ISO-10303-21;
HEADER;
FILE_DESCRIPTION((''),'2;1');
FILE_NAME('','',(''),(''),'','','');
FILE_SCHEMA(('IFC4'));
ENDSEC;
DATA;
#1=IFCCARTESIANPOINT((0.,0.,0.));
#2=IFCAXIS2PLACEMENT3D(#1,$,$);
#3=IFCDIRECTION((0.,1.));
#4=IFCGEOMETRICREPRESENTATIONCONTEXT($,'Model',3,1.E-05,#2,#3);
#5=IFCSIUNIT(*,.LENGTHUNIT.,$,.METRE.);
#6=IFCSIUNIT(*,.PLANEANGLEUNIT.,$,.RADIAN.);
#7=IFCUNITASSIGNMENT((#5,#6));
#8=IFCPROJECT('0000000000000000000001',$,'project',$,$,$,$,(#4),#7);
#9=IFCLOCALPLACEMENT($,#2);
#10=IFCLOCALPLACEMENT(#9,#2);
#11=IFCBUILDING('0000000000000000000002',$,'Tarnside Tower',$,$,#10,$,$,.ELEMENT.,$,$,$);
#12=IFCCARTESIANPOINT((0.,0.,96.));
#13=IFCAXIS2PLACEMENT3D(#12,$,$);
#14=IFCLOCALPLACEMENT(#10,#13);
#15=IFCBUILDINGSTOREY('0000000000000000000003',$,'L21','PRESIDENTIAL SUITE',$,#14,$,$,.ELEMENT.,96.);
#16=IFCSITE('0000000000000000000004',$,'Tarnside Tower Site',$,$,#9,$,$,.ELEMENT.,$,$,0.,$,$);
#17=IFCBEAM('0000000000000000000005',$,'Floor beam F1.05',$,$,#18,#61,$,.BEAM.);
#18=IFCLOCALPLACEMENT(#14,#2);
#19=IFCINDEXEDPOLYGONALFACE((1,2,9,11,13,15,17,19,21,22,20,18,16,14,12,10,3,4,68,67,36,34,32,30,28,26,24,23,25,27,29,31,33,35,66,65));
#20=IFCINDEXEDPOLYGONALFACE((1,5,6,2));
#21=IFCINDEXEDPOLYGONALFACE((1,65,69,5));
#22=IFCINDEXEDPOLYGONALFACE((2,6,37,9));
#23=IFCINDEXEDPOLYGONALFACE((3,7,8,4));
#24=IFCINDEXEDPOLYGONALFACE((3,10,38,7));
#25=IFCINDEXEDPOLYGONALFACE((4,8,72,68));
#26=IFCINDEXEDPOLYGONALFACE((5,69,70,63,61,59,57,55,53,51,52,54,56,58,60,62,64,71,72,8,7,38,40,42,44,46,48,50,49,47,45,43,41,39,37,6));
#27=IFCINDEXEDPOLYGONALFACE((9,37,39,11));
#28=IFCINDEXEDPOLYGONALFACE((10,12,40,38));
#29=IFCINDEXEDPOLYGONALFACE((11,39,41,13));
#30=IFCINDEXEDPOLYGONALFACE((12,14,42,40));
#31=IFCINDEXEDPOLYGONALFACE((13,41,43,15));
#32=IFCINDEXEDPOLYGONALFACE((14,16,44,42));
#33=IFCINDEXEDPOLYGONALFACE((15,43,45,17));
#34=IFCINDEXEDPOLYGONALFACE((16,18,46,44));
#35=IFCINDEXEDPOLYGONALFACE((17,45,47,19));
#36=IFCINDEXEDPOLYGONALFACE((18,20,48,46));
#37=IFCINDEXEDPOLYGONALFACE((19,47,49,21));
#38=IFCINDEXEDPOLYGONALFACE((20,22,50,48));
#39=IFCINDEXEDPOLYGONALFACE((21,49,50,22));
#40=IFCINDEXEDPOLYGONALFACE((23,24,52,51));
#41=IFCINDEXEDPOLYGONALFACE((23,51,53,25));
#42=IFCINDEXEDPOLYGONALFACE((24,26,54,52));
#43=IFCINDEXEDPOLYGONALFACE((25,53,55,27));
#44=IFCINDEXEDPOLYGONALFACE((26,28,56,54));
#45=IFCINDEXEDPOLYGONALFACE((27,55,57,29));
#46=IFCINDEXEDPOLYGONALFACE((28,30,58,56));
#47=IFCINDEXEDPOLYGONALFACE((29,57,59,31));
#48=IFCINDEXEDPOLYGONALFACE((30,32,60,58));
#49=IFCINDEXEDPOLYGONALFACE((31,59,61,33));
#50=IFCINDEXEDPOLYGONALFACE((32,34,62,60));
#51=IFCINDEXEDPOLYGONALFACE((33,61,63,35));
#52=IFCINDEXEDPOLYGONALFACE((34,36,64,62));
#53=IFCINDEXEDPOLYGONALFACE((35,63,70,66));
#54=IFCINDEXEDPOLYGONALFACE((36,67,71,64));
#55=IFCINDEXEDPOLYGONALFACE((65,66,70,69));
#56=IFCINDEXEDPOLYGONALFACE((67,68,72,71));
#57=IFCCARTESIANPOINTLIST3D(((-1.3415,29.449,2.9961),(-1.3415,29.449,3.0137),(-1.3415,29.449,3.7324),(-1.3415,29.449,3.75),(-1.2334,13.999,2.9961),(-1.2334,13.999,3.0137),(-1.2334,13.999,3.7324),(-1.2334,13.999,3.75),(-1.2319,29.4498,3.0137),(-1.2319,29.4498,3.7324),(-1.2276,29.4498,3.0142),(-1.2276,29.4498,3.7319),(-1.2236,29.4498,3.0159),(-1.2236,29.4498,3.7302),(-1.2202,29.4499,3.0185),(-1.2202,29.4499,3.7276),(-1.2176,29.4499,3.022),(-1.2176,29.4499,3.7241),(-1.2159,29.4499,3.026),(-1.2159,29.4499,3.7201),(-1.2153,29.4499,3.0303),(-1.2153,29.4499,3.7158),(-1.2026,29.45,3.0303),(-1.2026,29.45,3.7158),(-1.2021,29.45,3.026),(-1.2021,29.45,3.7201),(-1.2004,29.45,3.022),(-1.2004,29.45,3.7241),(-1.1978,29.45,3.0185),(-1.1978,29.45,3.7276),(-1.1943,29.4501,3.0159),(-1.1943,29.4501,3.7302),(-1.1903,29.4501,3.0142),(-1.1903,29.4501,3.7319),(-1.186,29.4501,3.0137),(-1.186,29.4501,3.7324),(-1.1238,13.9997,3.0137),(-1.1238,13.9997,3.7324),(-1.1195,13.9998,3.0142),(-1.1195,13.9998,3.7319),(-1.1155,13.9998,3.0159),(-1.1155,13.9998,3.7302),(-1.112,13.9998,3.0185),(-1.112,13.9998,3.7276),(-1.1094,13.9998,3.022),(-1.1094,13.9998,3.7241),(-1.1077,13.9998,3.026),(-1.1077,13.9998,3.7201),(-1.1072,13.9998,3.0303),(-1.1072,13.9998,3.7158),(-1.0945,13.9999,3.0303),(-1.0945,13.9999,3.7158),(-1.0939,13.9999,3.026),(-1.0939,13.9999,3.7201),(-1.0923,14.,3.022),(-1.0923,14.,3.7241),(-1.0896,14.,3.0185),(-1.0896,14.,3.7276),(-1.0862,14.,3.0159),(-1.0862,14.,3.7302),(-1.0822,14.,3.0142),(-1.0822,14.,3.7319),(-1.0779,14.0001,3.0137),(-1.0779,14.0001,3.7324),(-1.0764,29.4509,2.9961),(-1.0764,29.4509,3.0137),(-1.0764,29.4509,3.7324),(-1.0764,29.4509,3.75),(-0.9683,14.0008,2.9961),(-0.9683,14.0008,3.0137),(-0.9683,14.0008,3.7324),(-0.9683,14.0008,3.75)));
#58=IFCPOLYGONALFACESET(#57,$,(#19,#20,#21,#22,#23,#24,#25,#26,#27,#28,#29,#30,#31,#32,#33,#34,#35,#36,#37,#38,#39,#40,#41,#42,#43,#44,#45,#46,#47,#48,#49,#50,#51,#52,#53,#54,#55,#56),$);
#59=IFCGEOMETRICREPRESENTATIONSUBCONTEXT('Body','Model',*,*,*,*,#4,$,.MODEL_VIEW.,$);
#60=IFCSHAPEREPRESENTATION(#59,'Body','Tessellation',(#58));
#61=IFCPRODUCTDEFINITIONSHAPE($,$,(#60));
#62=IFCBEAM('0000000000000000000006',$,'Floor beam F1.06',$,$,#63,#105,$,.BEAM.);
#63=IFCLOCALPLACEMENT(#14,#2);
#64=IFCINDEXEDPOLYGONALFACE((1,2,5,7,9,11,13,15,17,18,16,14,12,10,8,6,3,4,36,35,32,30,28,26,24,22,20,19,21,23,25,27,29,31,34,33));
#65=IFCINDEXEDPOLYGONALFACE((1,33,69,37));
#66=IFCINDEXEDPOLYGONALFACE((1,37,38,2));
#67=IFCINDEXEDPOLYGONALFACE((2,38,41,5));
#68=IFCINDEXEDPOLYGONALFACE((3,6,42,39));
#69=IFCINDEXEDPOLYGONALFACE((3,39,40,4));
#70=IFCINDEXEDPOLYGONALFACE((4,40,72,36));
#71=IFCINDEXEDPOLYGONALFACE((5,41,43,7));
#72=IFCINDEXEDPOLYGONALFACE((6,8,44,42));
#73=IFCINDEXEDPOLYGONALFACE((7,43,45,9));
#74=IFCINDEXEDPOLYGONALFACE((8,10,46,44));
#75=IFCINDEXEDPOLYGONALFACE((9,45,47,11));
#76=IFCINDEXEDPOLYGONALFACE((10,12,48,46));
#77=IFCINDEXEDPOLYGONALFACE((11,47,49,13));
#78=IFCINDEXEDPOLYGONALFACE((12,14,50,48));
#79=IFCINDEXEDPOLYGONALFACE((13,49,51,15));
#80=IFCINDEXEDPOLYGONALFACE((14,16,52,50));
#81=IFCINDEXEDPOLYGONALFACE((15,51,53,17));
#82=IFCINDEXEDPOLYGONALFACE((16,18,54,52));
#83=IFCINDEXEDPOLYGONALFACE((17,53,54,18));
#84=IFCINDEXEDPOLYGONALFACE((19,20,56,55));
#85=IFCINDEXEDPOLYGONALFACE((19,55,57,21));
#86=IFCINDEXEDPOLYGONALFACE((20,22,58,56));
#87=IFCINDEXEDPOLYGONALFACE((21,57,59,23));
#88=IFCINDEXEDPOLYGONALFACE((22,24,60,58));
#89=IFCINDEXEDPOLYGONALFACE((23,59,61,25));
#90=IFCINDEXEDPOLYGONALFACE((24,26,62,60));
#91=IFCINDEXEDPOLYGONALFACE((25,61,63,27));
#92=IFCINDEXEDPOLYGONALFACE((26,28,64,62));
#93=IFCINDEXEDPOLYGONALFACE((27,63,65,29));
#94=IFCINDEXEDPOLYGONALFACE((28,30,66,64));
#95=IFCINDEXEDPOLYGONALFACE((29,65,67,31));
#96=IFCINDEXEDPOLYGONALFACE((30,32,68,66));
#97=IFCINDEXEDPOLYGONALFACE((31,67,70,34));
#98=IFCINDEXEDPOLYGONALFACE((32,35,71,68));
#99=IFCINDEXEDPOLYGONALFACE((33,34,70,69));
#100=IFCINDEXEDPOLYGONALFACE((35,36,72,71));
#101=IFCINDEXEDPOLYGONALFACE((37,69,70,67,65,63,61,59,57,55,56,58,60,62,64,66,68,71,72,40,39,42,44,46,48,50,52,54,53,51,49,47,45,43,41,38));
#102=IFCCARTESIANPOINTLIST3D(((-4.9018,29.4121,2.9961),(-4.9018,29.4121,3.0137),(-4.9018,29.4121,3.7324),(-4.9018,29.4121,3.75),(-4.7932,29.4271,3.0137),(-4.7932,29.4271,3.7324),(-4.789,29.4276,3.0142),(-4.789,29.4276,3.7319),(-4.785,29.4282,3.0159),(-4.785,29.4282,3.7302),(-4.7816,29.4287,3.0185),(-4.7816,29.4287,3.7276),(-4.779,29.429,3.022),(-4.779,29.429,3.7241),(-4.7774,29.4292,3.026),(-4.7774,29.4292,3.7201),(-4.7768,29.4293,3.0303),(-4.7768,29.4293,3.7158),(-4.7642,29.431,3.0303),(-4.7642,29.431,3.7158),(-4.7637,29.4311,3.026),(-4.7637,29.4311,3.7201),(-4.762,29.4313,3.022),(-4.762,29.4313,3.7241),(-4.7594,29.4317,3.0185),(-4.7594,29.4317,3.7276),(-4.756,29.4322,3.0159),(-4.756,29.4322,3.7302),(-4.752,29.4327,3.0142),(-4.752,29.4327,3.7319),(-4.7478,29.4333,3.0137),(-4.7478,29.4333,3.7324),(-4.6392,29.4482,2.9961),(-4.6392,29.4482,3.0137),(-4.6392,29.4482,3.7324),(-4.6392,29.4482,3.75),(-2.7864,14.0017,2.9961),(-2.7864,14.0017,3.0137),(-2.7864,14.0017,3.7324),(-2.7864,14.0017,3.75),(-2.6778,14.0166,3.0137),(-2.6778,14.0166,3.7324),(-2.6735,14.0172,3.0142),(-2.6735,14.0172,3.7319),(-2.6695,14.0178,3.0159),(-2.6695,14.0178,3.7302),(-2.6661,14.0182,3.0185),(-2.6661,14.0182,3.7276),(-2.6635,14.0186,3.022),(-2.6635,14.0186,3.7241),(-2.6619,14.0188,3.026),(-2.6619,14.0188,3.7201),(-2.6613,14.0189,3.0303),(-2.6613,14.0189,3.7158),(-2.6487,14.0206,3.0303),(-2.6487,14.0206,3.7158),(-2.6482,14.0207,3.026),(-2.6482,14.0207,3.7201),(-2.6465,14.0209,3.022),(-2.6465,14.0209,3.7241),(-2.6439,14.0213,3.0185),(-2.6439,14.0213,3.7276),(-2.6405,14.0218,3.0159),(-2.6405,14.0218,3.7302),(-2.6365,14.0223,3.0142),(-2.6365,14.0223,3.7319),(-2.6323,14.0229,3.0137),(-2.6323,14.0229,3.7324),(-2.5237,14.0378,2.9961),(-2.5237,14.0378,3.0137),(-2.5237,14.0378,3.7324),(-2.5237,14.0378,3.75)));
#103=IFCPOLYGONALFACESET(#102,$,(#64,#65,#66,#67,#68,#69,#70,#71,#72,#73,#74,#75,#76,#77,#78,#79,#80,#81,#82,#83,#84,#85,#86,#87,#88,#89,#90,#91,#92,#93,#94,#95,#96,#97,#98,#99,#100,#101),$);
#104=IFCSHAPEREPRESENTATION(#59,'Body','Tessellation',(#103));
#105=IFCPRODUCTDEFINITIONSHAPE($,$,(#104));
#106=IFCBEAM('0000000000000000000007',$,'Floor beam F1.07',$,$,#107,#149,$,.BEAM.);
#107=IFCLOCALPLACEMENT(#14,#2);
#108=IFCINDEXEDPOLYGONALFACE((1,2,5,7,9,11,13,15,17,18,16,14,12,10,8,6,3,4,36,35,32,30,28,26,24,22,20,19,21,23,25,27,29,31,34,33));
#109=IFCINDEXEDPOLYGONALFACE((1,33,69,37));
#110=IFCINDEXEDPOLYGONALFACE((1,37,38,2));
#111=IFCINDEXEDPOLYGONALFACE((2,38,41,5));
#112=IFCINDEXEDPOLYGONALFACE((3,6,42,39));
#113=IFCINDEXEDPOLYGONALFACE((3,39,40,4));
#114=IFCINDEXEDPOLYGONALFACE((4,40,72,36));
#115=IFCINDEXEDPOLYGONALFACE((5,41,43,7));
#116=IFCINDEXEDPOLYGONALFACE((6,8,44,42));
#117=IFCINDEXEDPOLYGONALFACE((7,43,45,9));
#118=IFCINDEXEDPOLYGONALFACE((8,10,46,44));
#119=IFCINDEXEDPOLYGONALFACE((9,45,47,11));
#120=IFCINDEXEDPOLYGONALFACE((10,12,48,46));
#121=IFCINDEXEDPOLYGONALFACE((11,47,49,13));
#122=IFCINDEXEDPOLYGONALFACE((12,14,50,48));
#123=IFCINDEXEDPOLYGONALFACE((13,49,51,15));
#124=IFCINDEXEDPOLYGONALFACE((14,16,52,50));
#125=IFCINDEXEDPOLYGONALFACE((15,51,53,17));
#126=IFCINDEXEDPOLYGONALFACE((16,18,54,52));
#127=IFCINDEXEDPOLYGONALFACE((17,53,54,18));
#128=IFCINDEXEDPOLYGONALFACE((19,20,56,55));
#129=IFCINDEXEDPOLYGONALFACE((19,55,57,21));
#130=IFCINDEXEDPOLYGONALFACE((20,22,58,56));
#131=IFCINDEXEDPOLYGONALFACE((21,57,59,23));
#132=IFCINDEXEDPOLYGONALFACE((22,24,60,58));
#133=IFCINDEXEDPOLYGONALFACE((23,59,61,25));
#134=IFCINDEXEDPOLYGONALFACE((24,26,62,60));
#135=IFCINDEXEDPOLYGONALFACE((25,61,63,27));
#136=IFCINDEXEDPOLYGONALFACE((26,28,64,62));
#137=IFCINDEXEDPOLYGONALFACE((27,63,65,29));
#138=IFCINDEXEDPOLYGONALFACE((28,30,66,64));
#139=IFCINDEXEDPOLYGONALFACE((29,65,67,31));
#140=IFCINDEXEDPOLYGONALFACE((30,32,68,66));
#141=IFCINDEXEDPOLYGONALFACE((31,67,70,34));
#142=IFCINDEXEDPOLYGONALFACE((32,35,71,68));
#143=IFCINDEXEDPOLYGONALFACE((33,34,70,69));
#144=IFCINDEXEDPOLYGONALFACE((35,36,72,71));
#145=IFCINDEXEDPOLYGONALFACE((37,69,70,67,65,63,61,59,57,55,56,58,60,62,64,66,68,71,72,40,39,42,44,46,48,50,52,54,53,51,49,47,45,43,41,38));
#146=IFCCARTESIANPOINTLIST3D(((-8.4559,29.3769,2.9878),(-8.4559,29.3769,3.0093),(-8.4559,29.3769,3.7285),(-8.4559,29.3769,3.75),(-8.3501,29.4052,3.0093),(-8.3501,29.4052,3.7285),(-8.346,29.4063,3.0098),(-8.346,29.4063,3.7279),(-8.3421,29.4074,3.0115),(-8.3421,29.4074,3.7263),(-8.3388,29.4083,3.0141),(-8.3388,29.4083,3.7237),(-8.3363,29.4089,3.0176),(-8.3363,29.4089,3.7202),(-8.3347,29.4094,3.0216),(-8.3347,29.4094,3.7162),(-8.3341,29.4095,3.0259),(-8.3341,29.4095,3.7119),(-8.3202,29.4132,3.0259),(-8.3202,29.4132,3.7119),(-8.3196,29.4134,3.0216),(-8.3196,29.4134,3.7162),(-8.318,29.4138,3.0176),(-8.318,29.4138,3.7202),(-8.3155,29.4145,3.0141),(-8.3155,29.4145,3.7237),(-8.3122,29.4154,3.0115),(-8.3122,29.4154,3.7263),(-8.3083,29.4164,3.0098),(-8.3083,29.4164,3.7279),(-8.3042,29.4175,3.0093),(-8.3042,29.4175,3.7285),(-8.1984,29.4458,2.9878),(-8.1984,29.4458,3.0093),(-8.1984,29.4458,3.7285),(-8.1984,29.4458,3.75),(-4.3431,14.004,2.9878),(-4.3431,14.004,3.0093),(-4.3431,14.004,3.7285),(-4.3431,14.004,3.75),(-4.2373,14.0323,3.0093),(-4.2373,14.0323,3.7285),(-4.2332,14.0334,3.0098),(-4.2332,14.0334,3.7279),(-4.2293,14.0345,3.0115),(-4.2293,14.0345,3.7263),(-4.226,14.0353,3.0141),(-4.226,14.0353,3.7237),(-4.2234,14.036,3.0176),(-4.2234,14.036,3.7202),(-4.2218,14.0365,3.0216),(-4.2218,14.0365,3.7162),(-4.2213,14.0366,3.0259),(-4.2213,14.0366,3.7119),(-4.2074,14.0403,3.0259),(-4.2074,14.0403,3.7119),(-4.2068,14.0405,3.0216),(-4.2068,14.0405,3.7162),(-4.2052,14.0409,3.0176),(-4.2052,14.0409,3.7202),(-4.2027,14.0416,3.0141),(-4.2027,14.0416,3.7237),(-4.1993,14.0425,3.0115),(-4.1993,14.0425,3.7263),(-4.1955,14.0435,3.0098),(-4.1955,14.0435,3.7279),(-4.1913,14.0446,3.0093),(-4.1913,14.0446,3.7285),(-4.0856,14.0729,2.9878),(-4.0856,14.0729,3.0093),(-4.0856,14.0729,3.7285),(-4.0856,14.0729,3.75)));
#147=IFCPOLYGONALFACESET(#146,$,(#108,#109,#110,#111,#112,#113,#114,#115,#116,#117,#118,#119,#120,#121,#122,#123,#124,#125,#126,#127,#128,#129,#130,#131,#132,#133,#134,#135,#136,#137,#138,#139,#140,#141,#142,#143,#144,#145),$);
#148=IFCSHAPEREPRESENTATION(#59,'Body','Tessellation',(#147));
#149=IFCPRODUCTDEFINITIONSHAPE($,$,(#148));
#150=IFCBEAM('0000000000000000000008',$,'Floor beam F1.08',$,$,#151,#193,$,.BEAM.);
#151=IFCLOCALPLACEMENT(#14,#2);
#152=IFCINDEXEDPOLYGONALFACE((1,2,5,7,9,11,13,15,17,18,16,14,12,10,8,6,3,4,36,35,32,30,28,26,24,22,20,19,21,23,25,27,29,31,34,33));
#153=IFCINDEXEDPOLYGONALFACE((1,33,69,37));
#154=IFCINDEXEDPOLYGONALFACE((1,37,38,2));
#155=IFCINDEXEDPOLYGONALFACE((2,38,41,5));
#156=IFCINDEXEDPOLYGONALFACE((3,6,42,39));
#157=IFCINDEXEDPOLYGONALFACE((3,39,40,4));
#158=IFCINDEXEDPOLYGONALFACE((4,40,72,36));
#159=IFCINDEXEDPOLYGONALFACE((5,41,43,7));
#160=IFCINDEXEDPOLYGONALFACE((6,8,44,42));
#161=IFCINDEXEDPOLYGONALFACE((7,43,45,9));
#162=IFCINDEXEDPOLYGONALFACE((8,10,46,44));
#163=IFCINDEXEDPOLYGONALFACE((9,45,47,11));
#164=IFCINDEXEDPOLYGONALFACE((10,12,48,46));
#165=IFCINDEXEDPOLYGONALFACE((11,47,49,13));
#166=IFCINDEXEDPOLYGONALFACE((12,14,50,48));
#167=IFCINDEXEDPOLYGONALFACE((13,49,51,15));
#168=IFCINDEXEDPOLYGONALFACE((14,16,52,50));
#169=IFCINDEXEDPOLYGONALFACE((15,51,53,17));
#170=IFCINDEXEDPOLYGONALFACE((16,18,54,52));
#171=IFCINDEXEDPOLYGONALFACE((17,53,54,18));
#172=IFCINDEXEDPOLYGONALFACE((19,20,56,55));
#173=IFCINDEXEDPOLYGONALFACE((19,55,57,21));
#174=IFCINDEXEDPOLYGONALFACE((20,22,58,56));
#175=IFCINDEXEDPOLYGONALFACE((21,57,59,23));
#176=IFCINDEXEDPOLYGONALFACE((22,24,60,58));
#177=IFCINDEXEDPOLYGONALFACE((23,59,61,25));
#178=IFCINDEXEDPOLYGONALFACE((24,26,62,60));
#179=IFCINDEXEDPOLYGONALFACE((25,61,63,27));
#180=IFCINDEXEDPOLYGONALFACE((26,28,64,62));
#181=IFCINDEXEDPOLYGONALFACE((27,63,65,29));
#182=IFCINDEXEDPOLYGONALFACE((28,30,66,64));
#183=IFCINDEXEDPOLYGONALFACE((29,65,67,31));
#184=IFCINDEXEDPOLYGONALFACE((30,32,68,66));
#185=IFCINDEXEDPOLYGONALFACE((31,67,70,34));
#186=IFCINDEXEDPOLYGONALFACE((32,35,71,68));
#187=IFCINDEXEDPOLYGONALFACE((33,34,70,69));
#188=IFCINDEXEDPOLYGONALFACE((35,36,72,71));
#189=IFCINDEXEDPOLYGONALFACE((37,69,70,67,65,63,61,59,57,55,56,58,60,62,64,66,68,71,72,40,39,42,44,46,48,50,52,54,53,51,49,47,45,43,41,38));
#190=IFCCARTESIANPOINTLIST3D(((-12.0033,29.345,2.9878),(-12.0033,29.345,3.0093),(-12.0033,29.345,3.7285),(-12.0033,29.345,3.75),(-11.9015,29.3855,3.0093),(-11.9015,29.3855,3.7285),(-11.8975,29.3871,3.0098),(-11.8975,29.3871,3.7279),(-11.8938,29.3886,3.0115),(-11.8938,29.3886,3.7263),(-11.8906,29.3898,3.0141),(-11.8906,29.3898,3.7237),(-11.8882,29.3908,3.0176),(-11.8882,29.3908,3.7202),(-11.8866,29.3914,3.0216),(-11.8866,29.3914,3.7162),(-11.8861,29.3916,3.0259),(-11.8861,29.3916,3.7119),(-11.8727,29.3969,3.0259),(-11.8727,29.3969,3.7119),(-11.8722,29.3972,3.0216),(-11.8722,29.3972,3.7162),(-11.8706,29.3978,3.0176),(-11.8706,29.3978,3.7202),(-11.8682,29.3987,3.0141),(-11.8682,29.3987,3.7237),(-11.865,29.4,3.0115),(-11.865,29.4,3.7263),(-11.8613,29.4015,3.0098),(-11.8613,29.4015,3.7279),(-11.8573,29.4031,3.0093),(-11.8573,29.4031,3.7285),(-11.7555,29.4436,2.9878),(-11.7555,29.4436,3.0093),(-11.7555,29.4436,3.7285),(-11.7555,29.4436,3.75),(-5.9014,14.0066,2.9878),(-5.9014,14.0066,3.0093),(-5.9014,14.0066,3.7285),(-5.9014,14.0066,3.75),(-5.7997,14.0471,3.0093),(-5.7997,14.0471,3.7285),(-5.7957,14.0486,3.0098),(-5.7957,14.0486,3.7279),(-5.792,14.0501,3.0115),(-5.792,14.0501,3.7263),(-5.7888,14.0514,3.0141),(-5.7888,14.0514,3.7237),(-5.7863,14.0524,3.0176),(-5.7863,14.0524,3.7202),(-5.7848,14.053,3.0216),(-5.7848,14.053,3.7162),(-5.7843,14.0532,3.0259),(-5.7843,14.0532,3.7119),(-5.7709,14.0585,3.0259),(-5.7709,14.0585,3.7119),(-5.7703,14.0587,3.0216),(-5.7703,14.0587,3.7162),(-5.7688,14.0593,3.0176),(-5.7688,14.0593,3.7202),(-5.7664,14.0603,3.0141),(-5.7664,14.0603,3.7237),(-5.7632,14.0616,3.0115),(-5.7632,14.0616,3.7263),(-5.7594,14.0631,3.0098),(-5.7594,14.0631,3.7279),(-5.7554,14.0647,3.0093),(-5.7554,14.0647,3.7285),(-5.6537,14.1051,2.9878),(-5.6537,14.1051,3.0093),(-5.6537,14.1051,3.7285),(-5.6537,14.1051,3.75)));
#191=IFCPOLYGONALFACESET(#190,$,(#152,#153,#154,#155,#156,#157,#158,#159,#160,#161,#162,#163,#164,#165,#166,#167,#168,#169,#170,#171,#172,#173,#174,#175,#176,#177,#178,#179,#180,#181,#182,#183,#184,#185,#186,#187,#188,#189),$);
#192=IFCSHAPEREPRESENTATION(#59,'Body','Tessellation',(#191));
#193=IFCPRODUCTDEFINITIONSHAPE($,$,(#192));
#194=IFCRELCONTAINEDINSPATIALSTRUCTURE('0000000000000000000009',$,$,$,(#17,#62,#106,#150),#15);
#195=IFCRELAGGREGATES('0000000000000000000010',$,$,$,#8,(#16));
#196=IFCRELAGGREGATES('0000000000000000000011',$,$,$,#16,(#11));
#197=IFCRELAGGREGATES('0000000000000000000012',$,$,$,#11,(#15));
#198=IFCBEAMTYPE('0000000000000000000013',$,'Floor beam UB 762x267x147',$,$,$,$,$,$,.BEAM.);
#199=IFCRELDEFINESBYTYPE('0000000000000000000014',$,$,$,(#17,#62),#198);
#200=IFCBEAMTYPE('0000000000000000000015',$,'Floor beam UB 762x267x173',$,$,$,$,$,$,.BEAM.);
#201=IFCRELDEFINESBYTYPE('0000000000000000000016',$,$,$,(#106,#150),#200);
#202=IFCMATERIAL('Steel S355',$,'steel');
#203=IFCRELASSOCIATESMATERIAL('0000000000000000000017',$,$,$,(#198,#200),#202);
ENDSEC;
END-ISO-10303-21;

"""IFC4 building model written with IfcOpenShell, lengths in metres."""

from ifc_helpers import new_model, si_unit, direction, frame, origin, origin_2d, place, context, subcontext, project, spatial, i_section, extrude, material, material_profile, profile_set, type_object, element, save


model = new_model("IFC4")

# Units and contexts
model_context = context("Model", 3, precision=1e-05, world=origin(), true_north=direction((0.0, 1.0)))
body_context = subcontext(model_context, "Body", "Model", "MODEL_VIEW")
ifc_project = project(units=[si_unit("LENGTHUNIT", "METRE"), si_unit("PLANEANGLEUNIT", "RADIAN")], contexts=[model_context])

# Site, building, storey
site_placement = place(None, origin())
site = spatial("IfcSite", under=ifc_project, at=site_placement, Name="Tarnside Tower Site", CompositionType="ELEMENT", RefElevation=0.0)
building_placement = place(site_placement, origin())
building = spatial("IfcBuilding", under=site, at=building_placement, Name="Tarnside Tower", CompositionType="ELEMENT")
storey_placement = place(building_placement, frame((0.0, 0.0, 96.0)))
storey = spatial("IfcBuildingStorey", under=building, at=storey_placement, Name="L21", Description="PRESIDENTIAL SUITE", CompositionType="ELEMENT", Elevation=96.0)

# Beams
ifc_material_1 = material(Name="Steel S355", Category="steel")
ifc_material_profile_1 = material_profile(ifc_material_1, i_section(OverallWidth=0.2651, OverallDepth=0.7539, WebThickness=0.0127, FlangeThickness=0.0176, FilletRadius=0.0166, at=origin_2d()), Name="UB 762x267x147")
ifc_profile_set_1 = profile_set([ifc_material_profile_1], Name="Steel S355")
beam_type_1 = type_object("IfcBeamType", Name="Floor beam UB 762x267x147", PredefinedType="BEAM", material=ifc_profile_set_1)
beam_1_placement = place(storey_placement, frame((-1.209, 29.45, 3.373), z_axis=(0.007, -0.999975, 0.0), x_axis=(0.999975, 0.007, 0.0)))
element("IfcBeam", 1, at=beam_1_placement, inside=storey, type_object=beam_type_1, Name="Floor beam F1.05", PredefinedType="BEAM", context=body_context, shape_type="SweptSolid", body=[
    extrude(i_section(OverallWidth=0.2651, OverallDepth=0.7539, WebThickness=0.0127, FlangeThickness=0.0176, FilletRadius=0.0166, at=origin_2d()), origin(), (0.0, 0.0, 1.0), 15.4504),
])
beam_2_placement = place(storey_placement, frame((-4.7705, 29.4302, 3.373), z_axis=(0.136001, -0.990709, 0.0), x_axis=(0.990709, 0.136001, 0.0)))
element("IfcBeam", 2, at=beam_2_placement, inside=storey, type_object=beam_type_1, Name="Floor beam F1.06", PredefinedType="BEAM", context=body_context, shape_type="SweptSolid", body=[
    extrude(i_section(OverallWidth=0.2651, OverallDepth=0.7539, WebThickness=0.0127, FlangeThickness=0.0176, FilletRadius=0.0166, at=origin_2d()), origin(), (0.0, 0.0, 1.0), 15.5549),
])
ifc_material_profile_2 = material_profile(ifc_material_1, i_section(OverallWidth=0.2666, OverallDepth=0.7622, WebThickness=0.0144, FlangeThickness=0.0215, FilletRadius=0.0166, at=origin_2d()), Name="UB 762x267x173")
ifc_profile_set_2 = profile_set([ifc_material_profile_2], Name="Steel S355")
beam_type_2 = type_object("IfcBeamType", Name="Floor beam UB 762x267x173", PredefinedType="BEAM", material=ifc_profile_set_2)
beam_3_placement = place(storey_placement, frame((-8.3271, 29.4114, 3.3689), z_axis=(0.258447, -0.966025, 0.0), x_axis=(0.966025, 0.258447, 0.0)))
element("IfcBeam", 3, at=beam_3_placement, inside=storey, type_object=beam_type_2, Name="Floor beam F1.07", PredefinedType="BEAM", context=body_context, shape_type="SweptSolid", body=[
    extrude(i_section(OverallWidth=0.2666, OverallDepth=0.7622, WebThickness=0.0144, FlangeThickness=0.0215, FilletRadius=0.0166, at=origin_2d()), origin(), (0.0, 0.0, 1.0), 15.9136),
])
beam_4_placement = place(storey_placement, frame((-11.8794, 29.3943, 3.3689), z_axis=(0.369638, -0.929176, 0.0), x_axis=(0.929176, 0.369638, 0.0)))
element("IfcBeam", 4, at=beam_4_placement, inside=storey, type_object=beam_type_2, Name="Floor beam F1.08", PredefinedType="BEAM", context=body_context, shape_type="SweptSolid", body=[
    extrude(i_section(OverallWidth=0.2666, OverallDepth=0.7622, WebThickness=0.0144, FlangeThickness=0.0215, FilletRadius=0.0166, at=origin_2d()), origin(), (0.0, 0.0, 1.0), 16.5076),
])

save(model, "model.ifc")
